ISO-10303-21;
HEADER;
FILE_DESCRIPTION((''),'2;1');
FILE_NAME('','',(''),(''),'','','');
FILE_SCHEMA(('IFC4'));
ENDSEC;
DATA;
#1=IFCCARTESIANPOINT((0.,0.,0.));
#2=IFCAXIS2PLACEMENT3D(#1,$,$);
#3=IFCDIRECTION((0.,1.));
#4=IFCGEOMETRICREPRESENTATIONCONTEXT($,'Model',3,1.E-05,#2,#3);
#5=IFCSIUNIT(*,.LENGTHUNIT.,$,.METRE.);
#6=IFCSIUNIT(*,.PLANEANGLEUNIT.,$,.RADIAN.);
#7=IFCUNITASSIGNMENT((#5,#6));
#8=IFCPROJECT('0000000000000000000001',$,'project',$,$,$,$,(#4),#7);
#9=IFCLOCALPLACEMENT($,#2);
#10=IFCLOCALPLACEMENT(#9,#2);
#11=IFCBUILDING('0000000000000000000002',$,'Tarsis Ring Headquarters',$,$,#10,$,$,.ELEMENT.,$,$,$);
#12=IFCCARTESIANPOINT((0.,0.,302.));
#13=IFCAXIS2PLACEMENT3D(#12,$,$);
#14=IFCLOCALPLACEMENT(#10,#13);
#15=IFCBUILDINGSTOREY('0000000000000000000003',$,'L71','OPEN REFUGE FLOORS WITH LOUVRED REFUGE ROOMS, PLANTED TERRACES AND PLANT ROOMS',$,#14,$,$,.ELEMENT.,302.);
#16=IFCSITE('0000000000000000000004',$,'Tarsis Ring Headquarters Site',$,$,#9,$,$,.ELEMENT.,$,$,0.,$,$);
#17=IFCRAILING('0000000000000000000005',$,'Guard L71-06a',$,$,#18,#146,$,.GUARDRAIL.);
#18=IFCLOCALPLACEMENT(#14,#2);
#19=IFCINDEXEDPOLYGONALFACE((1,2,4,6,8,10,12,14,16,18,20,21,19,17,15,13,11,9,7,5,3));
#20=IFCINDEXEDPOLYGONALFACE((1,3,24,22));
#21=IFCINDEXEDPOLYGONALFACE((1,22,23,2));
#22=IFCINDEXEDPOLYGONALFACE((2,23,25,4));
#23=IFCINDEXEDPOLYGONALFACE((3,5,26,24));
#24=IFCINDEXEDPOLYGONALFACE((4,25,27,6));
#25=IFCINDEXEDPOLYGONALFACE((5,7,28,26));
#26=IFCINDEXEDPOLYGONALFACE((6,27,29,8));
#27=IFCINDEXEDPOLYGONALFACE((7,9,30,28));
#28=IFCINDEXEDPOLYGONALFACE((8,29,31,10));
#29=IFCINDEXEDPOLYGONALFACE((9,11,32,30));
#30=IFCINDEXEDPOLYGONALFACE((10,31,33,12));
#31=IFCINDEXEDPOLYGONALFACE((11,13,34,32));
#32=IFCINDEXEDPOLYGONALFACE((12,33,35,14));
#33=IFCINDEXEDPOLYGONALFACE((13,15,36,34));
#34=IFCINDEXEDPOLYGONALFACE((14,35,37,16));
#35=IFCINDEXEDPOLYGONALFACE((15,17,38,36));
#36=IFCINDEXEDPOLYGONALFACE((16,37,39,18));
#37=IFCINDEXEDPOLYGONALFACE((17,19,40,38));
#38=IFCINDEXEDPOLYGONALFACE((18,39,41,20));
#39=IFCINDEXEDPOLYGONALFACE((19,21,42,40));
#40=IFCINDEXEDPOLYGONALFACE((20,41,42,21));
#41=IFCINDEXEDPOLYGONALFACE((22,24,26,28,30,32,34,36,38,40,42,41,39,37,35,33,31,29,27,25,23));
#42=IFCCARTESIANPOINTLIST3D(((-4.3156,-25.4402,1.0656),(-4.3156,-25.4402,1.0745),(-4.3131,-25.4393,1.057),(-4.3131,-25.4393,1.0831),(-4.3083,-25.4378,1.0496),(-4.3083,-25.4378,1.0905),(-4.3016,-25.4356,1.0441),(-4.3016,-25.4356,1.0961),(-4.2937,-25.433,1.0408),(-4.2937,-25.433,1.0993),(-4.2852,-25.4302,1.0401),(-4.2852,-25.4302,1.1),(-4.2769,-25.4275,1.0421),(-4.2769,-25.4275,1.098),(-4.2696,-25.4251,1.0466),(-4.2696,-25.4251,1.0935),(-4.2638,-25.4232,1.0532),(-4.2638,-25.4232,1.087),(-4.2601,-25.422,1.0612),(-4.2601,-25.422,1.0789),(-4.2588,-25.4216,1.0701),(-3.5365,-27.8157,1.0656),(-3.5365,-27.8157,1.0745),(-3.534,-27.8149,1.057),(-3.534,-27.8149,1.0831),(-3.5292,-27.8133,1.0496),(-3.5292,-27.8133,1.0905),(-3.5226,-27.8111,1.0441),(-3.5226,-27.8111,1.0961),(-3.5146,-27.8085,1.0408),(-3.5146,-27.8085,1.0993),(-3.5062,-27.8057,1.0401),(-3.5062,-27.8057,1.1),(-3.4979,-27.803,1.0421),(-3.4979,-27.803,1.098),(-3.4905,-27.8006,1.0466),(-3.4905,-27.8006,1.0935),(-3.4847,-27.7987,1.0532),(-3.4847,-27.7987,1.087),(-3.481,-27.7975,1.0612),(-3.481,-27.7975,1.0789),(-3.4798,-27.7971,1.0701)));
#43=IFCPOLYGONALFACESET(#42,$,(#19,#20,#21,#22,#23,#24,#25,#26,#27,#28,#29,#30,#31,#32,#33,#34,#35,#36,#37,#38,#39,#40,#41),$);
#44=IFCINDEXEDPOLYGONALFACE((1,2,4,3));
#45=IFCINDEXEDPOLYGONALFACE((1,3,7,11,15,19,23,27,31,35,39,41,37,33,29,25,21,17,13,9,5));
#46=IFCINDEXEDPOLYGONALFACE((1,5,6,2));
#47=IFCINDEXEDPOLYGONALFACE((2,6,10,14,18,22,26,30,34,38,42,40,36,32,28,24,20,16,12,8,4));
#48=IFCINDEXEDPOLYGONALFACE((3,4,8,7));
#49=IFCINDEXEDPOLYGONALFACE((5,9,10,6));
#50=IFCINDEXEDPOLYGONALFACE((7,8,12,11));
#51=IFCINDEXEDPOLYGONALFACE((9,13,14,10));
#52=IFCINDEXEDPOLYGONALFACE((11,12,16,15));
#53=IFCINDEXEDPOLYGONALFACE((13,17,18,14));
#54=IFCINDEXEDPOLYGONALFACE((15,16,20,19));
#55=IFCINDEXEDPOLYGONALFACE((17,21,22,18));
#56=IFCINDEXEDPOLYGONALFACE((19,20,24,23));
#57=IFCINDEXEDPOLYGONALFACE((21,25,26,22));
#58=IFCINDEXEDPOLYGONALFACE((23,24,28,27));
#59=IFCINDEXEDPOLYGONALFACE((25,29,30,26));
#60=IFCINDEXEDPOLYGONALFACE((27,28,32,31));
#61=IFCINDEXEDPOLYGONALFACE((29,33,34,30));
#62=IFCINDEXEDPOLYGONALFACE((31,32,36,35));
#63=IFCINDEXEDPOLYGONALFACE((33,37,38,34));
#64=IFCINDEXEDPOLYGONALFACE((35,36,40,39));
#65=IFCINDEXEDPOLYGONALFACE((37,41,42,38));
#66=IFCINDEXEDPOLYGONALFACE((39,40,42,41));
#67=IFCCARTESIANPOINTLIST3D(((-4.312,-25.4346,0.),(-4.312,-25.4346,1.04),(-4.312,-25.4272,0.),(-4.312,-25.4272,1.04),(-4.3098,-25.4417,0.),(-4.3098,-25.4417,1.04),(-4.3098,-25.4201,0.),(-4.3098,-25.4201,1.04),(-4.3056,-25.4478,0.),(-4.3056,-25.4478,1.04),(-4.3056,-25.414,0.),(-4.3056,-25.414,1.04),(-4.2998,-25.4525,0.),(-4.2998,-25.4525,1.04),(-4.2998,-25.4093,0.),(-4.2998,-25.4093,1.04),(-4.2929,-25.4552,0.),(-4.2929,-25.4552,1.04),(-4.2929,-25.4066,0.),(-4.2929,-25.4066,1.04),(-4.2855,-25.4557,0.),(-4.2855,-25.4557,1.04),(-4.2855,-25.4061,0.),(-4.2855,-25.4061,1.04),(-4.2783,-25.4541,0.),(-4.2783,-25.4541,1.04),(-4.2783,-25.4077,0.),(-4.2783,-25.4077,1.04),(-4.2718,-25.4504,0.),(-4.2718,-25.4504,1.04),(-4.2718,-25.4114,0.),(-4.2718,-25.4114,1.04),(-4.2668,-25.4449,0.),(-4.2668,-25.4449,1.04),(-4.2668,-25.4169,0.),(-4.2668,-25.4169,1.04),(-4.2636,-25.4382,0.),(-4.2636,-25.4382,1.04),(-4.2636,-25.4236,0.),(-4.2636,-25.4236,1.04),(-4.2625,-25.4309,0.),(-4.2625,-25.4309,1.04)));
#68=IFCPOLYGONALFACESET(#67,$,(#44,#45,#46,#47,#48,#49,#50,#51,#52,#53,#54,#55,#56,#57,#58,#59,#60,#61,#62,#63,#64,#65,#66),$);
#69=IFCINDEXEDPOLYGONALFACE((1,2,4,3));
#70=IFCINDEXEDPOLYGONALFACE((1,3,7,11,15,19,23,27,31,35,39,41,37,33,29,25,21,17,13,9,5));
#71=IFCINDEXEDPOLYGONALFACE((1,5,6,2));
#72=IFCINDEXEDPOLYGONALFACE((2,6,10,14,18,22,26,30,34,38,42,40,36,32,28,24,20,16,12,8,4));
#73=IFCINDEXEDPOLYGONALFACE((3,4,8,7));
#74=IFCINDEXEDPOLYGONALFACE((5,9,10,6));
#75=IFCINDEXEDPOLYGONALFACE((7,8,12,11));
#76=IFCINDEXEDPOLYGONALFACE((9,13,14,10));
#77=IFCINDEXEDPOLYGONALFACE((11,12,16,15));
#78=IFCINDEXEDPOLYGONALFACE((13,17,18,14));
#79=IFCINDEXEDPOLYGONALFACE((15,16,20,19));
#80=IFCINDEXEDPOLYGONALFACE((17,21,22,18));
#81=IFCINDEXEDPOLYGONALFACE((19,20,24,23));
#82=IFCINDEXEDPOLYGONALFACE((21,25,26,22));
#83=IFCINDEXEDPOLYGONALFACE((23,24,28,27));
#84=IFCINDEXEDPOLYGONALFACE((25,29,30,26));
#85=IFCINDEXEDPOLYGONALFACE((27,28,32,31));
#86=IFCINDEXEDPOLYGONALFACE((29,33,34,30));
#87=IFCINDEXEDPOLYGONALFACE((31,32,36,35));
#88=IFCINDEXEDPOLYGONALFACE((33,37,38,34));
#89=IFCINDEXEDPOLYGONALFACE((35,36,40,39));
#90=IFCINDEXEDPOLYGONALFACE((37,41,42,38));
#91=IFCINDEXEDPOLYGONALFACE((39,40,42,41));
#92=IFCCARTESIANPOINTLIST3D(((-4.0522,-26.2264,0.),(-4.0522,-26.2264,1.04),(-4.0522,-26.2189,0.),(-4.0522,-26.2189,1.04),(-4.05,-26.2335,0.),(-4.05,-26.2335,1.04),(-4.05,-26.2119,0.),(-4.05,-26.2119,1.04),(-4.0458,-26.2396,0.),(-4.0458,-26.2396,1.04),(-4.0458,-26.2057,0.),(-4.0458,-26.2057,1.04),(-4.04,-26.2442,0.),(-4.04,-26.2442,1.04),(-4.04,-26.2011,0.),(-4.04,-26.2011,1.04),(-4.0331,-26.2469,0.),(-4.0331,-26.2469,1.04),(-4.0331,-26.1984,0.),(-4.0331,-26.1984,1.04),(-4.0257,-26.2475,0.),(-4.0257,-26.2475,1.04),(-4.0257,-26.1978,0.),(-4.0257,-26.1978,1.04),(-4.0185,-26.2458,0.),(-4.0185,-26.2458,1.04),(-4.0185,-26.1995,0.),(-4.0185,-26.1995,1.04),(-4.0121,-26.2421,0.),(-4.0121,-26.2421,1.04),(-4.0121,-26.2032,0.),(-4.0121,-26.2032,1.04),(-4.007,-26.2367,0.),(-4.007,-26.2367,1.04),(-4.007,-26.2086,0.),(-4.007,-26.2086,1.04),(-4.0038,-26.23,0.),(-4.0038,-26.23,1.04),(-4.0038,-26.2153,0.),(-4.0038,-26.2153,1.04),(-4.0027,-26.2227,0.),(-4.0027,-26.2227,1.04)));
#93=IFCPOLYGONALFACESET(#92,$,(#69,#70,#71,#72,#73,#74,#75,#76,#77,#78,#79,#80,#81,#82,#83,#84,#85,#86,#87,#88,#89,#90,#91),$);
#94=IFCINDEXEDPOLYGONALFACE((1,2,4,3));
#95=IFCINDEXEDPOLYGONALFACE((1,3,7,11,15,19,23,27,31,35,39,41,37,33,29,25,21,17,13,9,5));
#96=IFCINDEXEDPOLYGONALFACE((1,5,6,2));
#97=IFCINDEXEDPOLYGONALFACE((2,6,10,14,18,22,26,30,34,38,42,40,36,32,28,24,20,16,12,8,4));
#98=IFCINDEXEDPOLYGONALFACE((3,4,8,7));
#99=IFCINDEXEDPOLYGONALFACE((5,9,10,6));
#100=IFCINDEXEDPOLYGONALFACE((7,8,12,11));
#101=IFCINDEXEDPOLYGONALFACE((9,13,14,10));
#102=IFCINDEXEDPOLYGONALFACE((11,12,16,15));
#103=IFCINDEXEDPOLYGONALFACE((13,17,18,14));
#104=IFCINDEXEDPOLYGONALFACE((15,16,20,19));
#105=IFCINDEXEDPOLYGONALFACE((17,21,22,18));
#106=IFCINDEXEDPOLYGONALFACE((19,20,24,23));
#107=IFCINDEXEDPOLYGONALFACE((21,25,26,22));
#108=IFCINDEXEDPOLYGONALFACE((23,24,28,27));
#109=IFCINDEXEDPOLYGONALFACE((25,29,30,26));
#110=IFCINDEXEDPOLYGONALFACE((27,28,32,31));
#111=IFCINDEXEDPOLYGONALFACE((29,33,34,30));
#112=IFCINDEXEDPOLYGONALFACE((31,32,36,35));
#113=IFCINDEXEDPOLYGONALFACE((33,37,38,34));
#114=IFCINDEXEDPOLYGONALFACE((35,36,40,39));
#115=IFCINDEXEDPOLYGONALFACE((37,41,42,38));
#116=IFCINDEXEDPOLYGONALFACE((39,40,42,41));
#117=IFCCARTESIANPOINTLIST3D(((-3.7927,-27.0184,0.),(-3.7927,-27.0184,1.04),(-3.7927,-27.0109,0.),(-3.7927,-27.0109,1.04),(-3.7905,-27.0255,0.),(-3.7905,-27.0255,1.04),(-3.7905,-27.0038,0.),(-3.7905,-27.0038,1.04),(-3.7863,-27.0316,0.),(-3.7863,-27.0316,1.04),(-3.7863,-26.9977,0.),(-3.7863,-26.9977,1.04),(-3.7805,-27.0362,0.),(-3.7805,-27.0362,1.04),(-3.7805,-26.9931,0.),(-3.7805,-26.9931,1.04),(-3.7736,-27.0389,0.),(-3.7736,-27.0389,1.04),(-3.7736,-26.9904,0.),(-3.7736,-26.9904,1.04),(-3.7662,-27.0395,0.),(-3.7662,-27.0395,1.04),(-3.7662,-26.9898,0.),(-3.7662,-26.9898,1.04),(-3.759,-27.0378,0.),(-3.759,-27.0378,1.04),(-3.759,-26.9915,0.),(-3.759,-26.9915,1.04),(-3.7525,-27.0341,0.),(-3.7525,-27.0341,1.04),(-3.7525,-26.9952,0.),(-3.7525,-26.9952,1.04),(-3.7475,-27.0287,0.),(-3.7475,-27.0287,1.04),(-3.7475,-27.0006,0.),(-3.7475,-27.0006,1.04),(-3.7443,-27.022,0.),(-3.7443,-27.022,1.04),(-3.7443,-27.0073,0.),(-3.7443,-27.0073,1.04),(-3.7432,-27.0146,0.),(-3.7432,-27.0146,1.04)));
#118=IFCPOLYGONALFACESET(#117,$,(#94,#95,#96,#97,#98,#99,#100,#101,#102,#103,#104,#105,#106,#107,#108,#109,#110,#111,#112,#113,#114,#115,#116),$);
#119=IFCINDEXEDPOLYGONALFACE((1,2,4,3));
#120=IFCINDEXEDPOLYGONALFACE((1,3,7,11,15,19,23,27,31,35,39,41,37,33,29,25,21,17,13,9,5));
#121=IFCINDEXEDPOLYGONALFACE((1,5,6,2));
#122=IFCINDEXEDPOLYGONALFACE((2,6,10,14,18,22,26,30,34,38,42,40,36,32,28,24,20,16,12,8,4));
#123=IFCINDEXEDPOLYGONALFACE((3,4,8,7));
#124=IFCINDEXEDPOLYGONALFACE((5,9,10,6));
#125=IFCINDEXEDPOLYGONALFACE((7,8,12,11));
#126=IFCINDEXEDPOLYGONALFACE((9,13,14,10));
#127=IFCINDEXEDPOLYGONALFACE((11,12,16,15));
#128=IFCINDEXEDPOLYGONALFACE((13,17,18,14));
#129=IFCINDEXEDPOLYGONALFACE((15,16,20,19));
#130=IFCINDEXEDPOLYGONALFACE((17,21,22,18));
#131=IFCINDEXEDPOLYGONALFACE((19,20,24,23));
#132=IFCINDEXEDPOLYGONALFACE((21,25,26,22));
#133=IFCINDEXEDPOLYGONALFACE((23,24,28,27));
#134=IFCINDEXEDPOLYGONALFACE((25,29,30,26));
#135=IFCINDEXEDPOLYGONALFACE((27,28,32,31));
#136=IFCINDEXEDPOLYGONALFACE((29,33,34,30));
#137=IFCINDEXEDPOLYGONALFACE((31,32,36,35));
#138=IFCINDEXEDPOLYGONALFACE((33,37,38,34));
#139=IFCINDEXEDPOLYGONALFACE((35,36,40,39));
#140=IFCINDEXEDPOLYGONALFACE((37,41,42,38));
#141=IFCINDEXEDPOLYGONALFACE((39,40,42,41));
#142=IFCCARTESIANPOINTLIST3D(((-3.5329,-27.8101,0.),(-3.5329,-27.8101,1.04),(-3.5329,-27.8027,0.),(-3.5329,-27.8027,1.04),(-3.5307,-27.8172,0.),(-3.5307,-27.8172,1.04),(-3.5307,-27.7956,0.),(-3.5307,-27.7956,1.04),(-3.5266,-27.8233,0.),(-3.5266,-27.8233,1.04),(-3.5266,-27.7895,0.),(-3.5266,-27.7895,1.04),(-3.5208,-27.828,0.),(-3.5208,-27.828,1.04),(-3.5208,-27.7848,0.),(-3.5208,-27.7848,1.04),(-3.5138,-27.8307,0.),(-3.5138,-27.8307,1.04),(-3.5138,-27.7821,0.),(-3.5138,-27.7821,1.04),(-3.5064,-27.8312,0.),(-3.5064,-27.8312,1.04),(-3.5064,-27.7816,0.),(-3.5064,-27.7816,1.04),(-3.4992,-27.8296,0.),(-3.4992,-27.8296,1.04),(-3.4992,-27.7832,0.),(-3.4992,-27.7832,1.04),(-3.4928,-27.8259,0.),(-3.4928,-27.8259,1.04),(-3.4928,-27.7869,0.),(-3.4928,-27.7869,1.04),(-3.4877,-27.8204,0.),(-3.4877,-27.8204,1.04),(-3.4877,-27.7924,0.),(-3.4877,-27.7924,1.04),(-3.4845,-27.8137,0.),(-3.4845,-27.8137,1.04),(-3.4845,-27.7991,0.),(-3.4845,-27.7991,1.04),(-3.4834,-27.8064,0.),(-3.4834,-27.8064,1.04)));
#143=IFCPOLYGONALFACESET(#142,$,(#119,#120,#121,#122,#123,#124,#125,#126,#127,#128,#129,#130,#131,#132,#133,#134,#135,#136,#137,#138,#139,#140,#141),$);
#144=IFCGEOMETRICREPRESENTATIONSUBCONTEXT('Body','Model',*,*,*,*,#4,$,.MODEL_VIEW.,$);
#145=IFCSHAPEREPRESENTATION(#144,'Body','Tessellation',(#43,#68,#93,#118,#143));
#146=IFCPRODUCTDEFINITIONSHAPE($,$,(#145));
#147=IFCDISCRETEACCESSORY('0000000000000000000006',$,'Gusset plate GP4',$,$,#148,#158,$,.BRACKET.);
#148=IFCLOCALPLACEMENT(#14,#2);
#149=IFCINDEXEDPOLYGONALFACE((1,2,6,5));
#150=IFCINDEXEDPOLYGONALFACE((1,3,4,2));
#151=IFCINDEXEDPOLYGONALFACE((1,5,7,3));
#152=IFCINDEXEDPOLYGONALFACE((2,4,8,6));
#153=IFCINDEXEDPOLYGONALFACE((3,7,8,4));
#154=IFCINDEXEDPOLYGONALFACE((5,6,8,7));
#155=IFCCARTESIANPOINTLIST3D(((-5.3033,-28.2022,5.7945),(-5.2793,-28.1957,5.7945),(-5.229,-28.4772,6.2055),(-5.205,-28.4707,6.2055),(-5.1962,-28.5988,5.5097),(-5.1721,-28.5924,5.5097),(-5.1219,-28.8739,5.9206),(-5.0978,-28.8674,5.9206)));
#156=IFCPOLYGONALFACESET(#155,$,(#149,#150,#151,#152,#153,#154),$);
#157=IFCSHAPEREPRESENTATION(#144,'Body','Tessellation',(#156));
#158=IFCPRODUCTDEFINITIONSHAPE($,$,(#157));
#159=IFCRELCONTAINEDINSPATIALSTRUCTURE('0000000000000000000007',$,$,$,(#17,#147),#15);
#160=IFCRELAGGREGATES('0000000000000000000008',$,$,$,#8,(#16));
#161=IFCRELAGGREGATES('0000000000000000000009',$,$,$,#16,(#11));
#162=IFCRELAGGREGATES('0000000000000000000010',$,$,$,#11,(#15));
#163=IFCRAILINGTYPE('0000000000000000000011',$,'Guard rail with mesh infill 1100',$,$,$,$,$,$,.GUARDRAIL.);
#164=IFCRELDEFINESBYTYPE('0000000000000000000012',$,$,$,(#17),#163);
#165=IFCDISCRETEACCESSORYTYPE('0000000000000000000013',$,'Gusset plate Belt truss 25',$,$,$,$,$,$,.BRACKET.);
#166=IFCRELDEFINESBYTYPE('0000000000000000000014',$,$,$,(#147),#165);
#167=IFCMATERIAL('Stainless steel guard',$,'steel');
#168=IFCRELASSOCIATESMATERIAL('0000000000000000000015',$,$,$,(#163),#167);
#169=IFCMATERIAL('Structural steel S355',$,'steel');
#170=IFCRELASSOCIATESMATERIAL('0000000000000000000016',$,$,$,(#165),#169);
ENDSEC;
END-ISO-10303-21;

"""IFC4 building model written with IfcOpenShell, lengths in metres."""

from ifc_helpers import new_model, si_unit, direction, frame, origin, origin_2d, place, context, subcontext, project, spatial, rectangle, circle, extrude, material, material_profile, profile_set, type_object, element, save


model = new_model("IFC4")

# Units and contexts
model_context = context("Model", 3, precision=1e-05, world=origin(), true_north=direction((0.0, 1.0)))
body_context = subcontext(model_context, "Body", "Model", "MODEL_VIEW")
ifc_project = project(units=[si_unit("LENGTHUNIT", "METRE"), si_unit("PLANEANGLEUNIT", "RADIAN")], contexts=[model_context])

# Site, building, storey
site_placement = place(None, origin())
site = spatial("IfcSite", under=ifc_project, at=site_placement, Name="Tarsis Ring Headquarters Site", CompositionType="ELEMENT", RefElevation=0.0)
building_placement = place(site_placement, origin())
building = spatial("IfcBuilding", under=site, at=building_placement, Name="Tarsis Ring Headquarters", CompositionType="ELEMENT")
storey_placement = place(building_placement, frame((0.0, 0.0, 302.0)))
storey = spatial("IfcBuildingStorey", under=building, at=storey_placement, Name="L71", Description="OPEN REFUGE FLOORS WITH LOUVRED REFUGE ROOMS, PLANTED TERRACES AND PLANT ROOMS", CompositionType="ELEMENT", Elevation=302.0)

# Shared definitions
ifc_material_1 = material(Name="Structural steel S355", Category="steel")

# Railing
ifc_material_2 = material(Name="Stainless steel guard", Category="steel")
railing_type_1 = type_object("IfcRailingType", Name="Guard rail with mesh infill 1100", PredefinedType="GUARDRAIL", material=ifc_material_2)
railing_1_placement = place(storey_placement, frame((-4.2874, -25.4309, 0.0)))
element("IfcRailing", 1, at=railing_1_placement, inside=storey, type_object=railing_type_1, Name="Guard L71-06a", PredefinedType="GUARDRAIL", context=body_context, shape_type="SweptSolid", body=[
    extrude(circle(Radius=0.03, at=origin_2d()), frame((0.0, 0.0, 1.0701), z_axis=(0.311624, -0.950205, 0.0), x_axis=(0.950205, 0.311624, 0.0)), (0.0, 0.0, 1.0), 2.5),
    extrude(circle(Radius=0.0249, at=origin_2d()), origin(), (0.0, 0.0, 1.0), 1.04),
    extrude(circle(Radius=0.0249, at=origin_2d()), frame((0.2598, -0.7917, 0.0)), (0.0, 0.0, 1.0), 1.04),
    extrude(circle(Radius=0.0249, at=origin_2d()), frame((0.5193, -1.5837, 0.0)), (0.0, 0.0, 1.0), 1.04),
    extrude(circle(Radius=0.0249, at=origin_2d()), frame((0.7791, -2.3755, 0.0)), (0.0, 0.0, 1.0), 1.04),
])

# Discrete accessory
ifc_material_profile_1 = material_profile(ifc_material_1, rectangle(XDim=0.0249, YDim=0.5, at=origin_2d()), Name="PL 25x500")
ifc_profile_set_1 = profile_set([ifc_material_profile_1], Name="Structural steel S355")
discrete_accessory_type = type_object("IfcDiscreteAccessoryType", Name="Gusset plate Belt truss 25", PredefinedType="BRACKET", material=ifc_profile_set_1)
discrete_accessory_placement = place(storey_placement, frame((-5.2542, -28.3364, 6.0), z_axis=(0.214332, -0.793369, -0.569761), x_axis=(0.965392, 0.260804, 0.0)))
element("IfcDiscreteAccessory", 2, at=discrete_accessory_placement, inside=storey, type_object=discrete_accessory_type, Name="Gusset plate GP4", PredefinedType="BRACKET", context=body_context, shape_type="SweptSolid", body=[
    extrude(rectangle(XDim=0.0249, YDim=0.5, at=origin_2d()), origin(), (0.0, 0.0, 1.0), 0.5),
])

save(model, "model.ifc")
